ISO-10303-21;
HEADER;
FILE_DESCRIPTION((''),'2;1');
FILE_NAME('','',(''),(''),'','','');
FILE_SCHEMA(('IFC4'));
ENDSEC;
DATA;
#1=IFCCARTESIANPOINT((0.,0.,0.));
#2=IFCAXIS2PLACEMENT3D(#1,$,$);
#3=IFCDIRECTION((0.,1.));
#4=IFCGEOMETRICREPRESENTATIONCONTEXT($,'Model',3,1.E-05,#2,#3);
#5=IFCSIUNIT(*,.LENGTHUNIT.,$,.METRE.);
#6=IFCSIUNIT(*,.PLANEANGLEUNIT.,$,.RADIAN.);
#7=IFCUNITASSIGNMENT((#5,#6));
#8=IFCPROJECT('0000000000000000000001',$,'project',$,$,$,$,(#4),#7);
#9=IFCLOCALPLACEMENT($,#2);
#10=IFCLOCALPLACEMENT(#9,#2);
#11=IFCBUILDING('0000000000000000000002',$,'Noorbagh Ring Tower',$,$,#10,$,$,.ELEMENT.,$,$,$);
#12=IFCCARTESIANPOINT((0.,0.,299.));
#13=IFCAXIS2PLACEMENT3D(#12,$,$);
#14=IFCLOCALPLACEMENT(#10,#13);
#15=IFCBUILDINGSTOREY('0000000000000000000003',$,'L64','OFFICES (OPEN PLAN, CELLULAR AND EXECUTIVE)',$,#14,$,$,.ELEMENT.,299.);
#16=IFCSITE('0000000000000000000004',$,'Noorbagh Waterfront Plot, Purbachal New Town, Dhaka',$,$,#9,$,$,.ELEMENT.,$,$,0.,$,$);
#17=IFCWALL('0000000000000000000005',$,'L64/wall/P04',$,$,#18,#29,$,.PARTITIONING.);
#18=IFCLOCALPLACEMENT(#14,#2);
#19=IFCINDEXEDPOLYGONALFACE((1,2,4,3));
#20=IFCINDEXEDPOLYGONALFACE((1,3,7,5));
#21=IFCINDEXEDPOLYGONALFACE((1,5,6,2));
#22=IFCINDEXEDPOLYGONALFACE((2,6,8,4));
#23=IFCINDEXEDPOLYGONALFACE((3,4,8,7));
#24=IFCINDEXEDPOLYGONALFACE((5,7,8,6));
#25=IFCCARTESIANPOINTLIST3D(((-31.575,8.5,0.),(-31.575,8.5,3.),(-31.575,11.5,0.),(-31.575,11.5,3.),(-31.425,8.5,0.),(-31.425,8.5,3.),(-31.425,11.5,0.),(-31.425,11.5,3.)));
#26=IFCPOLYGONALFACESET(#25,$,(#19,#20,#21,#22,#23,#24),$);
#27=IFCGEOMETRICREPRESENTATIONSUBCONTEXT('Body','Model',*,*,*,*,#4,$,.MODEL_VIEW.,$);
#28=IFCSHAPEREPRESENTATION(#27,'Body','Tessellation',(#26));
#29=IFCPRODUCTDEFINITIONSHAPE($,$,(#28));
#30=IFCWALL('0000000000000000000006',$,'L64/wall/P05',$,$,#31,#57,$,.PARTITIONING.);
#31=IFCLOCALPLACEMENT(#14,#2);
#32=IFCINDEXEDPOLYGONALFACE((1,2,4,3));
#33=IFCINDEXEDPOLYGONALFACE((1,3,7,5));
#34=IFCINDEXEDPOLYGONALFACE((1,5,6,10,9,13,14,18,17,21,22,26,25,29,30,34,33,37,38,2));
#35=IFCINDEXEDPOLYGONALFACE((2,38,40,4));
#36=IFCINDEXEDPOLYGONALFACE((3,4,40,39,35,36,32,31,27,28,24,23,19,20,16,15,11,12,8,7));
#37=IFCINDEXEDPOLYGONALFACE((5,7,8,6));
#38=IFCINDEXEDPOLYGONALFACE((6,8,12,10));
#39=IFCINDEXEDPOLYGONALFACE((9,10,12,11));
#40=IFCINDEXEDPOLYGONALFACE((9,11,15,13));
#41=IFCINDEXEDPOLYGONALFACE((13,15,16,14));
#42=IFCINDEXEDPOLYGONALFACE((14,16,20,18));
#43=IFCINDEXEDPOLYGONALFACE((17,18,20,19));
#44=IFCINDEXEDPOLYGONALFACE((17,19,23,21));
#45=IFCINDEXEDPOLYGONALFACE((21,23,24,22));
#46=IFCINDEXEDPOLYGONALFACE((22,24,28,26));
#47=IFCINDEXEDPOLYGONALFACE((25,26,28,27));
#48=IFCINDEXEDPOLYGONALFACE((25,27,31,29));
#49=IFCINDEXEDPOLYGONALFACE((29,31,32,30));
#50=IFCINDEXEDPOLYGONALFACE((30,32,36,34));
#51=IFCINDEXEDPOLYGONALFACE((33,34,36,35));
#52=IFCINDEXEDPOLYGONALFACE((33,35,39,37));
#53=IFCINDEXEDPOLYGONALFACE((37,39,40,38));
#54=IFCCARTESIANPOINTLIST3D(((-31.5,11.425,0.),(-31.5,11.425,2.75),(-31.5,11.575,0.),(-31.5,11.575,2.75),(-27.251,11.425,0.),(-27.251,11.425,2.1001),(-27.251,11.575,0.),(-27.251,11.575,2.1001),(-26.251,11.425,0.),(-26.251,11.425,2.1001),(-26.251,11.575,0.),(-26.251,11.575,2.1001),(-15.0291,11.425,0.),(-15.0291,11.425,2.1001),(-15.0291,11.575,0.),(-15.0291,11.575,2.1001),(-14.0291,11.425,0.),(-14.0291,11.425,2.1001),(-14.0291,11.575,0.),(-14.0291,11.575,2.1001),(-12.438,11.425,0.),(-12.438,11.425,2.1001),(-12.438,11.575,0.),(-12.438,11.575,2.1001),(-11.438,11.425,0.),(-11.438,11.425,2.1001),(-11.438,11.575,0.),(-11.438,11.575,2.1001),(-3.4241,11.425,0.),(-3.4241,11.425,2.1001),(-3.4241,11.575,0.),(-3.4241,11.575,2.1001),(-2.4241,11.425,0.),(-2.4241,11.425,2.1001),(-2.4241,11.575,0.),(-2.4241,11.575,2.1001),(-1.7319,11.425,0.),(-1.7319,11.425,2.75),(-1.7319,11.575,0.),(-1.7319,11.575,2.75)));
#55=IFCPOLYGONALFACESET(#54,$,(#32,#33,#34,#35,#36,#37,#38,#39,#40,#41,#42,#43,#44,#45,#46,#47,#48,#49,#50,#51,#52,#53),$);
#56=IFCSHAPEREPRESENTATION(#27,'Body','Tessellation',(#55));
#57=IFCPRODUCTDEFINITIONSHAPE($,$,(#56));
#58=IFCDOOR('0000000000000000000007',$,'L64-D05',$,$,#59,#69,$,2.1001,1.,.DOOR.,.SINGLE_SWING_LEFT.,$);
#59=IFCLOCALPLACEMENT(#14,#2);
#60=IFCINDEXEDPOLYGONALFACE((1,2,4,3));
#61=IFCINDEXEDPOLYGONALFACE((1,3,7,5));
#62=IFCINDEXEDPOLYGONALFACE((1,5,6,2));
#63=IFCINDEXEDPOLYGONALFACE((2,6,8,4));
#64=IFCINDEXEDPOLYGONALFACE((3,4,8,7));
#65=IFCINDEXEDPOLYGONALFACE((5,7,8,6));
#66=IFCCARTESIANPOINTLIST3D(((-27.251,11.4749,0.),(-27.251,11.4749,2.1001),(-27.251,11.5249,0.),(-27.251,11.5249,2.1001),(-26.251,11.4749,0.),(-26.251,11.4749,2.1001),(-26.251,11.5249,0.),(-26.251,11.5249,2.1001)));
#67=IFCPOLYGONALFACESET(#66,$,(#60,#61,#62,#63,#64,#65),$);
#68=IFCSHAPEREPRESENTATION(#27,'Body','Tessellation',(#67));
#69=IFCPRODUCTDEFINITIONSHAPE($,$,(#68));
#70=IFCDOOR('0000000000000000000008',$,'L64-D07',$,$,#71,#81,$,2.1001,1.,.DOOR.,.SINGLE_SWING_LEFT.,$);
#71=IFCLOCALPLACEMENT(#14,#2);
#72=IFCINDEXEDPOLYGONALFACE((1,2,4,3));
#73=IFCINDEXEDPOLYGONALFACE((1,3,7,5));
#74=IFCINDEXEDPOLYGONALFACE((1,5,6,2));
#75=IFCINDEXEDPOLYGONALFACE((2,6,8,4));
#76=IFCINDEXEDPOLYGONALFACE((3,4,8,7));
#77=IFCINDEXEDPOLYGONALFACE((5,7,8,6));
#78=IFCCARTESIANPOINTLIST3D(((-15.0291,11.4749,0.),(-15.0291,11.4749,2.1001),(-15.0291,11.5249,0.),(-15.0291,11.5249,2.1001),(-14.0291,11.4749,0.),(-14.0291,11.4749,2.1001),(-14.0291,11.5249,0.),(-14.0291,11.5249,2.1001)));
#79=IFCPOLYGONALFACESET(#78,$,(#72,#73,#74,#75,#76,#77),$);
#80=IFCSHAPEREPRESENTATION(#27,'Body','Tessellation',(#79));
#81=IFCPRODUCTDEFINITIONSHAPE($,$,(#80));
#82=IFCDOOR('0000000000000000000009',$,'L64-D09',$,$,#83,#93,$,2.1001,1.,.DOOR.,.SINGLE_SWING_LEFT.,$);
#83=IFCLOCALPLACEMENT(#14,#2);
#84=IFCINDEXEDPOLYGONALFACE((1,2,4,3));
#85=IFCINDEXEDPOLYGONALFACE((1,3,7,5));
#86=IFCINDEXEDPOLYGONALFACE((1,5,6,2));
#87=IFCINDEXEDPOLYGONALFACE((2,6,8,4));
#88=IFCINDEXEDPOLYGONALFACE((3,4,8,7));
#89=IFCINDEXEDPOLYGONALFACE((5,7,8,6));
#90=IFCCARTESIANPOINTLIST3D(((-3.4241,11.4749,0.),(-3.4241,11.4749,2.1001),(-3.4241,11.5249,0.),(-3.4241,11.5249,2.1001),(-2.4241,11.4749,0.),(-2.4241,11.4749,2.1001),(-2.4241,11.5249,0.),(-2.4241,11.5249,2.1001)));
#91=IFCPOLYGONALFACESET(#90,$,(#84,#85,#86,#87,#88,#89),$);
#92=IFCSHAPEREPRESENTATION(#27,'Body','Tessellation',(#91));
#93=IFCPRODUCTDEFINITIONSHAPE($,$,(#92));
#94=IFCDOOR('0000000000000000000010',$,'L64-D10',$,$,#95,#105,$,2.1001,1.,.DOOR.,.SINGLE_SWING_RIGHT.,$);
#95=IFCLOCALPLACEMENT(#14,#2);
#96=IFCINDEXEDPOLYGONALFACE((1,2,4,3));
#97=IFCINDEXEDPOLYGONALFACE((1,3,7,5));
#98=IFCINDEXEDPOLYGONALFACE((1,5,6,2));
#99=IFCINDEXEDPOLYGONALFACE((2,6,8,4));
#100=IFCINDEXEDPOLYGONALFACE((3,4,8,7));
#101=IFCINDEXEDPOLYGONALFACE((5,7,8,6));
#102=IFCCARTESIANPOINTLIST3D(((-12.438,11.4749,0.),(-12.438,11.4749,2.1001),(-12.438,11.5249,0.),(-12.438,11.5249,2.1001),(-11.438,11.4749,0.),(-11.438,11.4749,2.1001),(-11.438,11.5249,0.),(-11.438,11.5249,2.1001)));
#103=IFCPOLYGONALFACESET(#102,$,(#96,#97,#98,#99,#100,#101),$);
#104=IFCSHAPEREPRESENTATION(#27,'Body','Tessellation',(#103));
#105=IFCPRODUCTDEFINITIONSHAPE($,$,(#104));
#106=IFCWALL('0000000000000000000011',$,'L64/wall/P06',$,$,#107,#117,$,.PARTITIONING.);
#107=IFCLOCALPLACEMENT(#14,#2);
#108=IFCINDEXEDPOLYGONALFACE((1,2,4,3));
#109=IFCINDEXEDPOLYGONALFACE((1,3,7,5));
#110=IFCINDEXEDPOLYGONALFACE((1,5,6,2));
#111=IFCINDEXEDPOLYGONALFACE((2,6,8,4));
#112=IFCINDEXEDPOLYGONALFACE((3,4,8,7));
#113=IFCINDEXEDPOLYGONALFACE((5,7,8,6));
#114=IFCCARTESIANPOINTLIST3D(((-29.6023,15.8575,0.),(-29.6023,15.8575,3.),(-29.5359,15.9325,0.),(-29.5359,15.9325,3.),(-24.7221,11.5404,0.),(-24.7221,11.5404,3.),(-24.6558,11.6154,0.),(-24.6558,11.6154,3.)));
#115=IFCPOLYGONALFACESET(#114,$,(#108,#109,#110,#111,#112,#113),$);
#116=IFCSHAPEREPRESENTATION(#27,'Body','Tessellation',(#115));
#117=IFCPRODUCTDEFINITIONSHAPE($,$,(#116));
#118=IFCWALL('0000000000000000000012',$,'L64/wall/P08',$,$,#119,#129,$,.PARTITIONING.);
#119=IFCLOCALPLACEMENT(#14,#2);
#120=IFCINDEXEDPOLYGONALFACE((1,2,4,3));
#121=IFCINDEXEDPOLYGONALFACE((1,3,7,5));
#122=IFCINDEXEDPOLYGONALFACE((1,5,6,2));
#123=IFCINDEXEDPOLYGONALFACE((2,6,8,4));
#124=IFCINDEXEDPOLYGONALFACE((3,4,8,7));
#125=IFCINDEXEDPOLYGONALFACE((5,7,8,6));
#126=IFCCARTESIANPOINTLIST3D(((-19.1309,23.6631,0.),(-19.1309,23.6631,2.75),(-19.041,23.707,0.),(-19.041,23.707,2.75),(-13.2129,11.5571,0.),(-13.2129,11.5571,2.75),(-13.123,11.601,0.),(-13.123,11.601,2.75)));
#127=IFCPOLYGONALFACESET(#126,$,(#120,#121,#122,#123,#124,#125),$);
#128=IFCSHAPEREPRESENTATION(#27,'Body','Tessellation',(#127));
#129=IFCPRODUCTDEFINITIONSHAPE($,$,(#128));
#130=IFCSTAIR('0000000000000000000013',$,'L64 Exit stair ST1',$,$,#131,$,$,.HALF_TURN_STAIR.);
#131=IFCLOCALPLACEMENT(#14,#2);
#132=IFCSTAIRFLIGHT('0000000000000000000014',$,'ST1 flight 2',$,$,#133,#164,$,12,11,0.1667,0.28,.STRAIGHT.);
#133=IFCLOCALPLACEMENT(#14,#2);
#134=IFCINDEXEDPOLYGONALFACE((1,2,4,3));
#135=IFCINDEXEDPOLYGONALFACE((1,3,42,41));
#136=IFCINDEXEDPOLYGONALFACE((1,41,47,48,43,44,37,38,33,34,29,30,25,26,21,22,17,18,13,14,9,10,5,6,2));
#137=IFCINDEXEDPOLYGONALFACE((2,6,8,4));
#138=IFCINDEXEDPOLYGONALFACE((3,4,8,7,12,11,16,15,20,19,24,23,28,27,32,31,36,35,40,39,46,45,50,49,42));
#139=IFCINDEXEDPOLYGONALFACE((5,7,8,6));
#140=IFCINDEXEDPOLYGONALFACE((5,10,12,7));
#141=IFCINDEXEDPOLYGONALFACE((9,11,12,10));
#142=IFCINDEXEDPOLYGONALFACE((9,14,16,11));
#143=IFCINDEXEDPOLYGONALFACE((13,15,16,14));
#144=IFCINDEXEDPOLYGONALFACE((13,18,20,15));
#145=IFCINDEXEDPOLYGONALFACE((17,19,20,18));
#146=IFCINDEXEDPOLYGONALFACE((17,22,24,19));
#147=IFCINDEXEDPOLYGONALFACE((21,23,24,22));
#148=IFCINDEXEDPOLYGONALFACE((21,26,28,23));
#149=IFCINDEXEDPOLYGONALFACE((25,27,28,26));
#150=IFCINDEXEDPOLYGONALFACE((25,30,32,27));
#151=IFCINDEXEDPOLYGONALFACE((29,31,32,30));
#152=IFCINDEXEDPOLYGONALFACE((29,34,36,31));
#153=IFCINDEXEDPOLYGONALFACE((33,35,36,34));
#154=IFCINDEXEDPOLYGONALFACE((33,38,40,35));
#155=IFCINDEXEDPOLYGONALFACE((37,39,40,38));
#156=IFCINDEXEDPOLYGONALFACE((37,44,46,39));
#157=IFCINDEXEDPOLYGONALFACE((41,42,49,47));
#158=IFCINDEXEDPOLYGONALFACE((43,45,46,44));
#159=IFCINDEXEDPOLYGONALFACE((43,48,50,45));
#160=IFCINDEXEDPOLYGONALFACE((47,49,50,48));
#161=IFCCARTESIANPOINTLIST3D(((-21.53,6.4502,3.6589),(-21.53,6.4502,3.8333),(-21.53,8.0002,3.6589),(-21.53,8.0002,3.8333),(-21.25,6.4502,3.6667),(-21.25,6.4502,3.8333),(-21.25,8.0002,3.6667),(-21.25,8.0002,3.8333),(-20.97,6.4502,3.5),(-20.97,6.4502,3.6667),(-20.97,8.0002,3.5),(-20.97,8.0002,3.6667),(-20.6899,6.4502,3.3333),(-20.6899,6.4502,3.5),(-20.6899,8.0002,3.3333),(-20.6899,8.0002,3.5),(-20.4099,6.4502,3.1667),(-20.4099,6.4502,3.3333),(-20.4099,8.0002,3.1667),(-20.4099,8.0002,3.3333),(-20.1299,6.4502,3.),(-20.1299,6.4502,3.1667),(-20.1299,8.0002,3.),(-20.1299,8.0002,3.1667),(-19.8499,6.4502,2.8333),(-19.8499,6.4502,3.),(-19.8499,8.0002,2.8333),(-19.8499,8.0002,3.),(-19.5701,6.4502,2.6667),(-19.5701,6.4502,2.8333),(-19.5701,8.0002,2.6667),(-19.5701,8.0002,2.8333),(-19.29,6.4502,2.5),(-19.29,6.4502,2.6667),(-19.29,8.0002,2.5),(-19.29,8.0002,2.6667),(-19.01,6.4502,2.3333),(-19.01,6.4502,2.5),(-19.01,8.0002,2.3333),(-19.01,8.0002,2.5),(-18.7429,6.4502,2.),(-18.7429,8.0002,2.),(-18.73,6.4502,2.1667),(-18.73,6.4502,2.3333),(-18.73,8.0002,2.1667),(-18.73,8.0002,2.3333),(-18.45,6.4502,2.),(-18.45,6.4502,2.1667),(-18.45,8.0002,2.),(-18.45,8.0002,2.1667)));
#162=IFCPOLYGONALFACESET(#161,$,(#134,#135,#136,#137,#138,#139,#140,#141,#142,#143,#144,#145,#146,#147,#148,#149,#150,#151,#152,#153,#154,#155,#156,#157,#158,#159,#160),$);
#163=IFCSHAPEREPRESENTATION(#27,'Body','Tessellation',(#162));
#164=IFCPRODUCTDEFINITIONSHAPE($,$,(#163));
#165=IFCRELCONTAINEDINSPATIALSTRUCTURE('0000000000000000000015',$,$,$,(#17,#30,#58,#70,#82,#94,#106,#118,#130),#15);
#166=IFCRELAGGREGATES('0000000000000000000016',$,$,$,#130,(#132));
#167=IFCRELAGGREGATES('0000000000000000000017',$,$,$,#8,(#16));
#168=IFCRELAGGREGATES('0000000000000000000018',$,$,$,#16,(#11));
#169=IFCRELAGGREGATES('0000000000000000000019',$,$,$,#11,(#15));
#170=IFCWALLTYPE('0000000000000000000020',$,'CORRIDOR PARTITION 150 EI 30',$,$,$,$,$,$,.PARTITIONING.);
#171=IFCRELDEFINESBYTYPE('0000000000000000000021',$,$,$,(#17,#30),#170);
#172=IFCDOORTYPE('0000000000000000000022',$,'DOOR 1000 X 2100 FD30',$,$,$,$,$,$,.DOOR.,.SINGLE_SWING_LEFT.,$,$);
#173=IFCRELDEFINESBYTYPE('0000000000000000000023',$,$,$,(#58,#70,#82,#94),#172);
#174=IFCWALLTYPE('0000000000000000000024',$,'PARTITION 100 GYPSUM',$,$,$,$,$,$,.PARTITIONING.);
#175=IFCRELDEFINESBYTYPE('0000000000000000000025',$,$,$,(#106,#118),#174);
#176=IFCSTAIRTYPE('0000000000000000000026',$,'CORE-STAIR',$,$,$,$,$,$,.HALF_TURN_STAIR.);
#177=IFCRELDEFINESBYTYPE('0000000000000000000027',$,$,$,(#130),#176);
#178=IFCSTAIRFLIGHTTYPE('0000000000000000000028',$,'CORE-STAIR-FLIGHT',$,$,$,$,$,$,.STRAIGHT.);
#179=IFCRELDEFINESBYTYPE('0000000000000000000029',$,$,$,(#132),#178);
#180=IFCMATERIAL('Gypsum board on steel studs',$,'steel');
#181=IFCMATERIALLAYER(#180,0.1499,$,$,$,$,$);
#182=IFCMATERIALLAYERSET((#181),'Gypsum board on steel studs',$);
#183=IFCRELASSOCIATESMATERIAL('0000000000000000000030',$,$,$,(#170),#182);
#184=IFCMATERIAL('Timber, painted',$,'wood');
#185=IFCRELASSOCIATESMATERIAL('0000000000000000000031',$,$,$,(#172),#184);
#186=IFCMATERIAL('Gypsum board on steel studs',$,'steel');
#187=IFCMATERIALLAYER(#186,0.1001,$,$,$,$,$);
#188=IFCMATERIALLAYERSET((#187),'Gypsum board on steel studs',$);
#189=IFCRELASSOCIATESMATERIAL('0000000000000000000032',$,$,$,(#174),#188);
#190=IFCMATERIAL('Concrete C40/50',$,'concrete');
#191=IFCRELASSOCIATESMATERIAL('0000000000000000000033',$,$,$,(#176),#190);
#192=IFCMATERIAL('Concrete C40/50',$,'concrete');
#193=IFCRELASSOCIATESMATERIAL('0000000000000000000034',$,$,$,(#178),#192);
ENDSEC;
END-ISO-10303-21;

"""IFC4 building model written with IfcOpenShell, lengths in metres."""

from ifc_helpers import new_model, si_unit, direction, frame, frame_2d, origin, place, context, subcontext, project, spatial, polyline, rectangle, outline, extrude, material, layer, layer_set, type_object, element, fill, aggregate, save


model = new_model("IFC4")

# Units and contexts
model_context = context("Model", 3, precision=1e-05, world=origin(), true_north=direction((0.0, 1.0)))
body_context = subcontext(model_context, "Body", "Model", "MODEL_VIEW")
ifc_project = project(units=[si_unit("LENGTHUNIT", "METRE"), si_unit("PLANEANGLEUNIT", "RADIAN")], contexts=[model_context])

# Site, building, storey
site_placement = place(None, origin())
site = spatial("IfcSite", under=ifc_project, at=site_placement, Name="Noorbagh Waterfront Plot, Purbachal New Town, Dhaka", CompositionType="ELEMENT", RefElevation=0.0)
building_placement = place(site_placement, origin())
building = spatial("IfcBuilding", under=site, at=building_placement, Name="Noorbagh Ring Tower", CompositionType="ELEMENT")
storey_placement = place(building_placement, frame((0.0, 0.0, 299.0)))
storey = spatial("IfcBuildingStorey", under=building, at=storey_placement, Name="L64", Description="OFFICES (OPEN PLAN, CELLULAR AND EXECUTIVE)", CompositionType="ELEMENT", Elevation=299.0)

# Wall
ifc_material_1 = material(Name="Gypsum board on steel studs", Category="steel")
ifc_layer_1 = layer(ifc_material_1, 0.1499)
ifc_layer_set_1 = layer_set([ifc_layer_1], Name="Gypsum board on steel studs")
wall_type_1 = type_object("IfcWallType", Name="CORRIDOR PARTITION 150 EI 30", PredefinedType="PARTITIONING", material=ifc_layer_set_1)
wall_1_placement = place(storey_placement, frame((-31.5, 8.5, 0.0), z_axis=(0.0, 0.0, 1.0), x_axis=(0.0, 1.0, 0.0)))
element("IfcWall", 1, at=wall_1_placement, inside=storey, type_object=wall_type_1, Name="L64/wall/P04", PredefinedType="PARTITIONING", context=body_context, shape_type="SweptSolid", body=[
    extrude(rectangle(XDim=3.0, YDim=0.1499, at=frame_2d((1.5, 0.0))), origin(), (0.0, 0.0, 1.0), 3.0),
])

# Wall, openings, doors
wall_2_placement = place(storey_placement, frame((-31.5, 11.5, 0.0), z_axis=(0.0, 0.0, 1.0), x_axis=(1.0, 0.0, 0.0)))
wall_2 = element("IfcWall", 2, at=wall_2_placement, inside=storey, type_object=wall_type_1, Name="L64/wall/P05", PredefinedType="PARTITIONING", context=body_context, shape_type="SweptSolid", body=[
    extrude(rectangle(XDim=29.7681, YDim=0.1499, at=frame_2d((14.884, 0.0))), origin(), (0.0, 0.0, 1.0), 2.75),
])
opening_1_placement = place(wall_2_placement, frame((4.249, 0.0, 0.0)))
opening_1 = element("IfcOpeningElement", 3, at=opening_1_placement, cuts=wall_2, PredefinedType="OPENING", context=body_context, shape_type="SweptSolid", body=[
    extrude(rectangle(XDim=1.0, YDim=2.1001, at=frame_2d((0.5, 1.05))), frame((0.0, 0.085, 0.0), z_axis=(0.0, -1.0, 0.0), x_axis=(1.0, 0.0, 0.0)), (0.0, 0.0, 1.0), 0.1699),
])
opening_2_placement = place(wall_2_placement, frame((16.4709, 0.0, 0.0)))
opening_2 = element("IfcOpeningElement", 4, at=opening_2_placement, cuts=wall_2, PredefinedType="OPENING", context=body_context, shape_type="SweptSolid", body=[
    extrude(rectangle(XDim=1.0, YDim=2.1001, at=frame_2d((0.5, 1.05))), frame((0.0, 0.085, 0.0), z_axis=(0.0, -1.0, 0.0), x_axis=(1.0, 0.0, 0.0)), (0.0, 0.0, 1.0), 0.1699),
])
opening_3_placement = place(wall_2_placement, frame((28.0759, 0.0, 0.0)))
opening_3 = element("IfcOpeningElement", 5, at=opening_3_placement, cuts=wall_2, PredefinedType="OPENING", context=body_context, shape_type="SweptSolid", body=[
    extrude(rectangle(XDim=1.0, YDim=2.1001, at=frame_2d((0.5, 1.05))), frame((0.0, 0.085, 0.0), z_axis=(0.0, -1.0, 0.0), x_axis=(1.0, 0.0, 0.0)), (0.0, 0.0, 1.0), 0.1699),
])
opening_4_placement = place(wall_2_placement, frame((19.062, 0.0, 0.0)))
opening_4 = element("IfcOpeningElement", 6, at=opening_4_placement, cuts=wall_2, PredefinedType="OPENING", context=body_context, shape_type="SweptSolid", body=[
    extrude(rectangle(XDim=1.0, YDim=2.1001, at=frame_2d((0.5, 1.05))), frame((0.0, 0.085, 0.0), z_axis=(0.0, -1.0, 0.0), x_axis=(1.0, 0.0, 0.0)), (0.0, 0.0, 1.0), 0.1699),
])
ifc_material_2 = material(Name="Timber, painted", Category="wood")
door_type = type_object("IfcDoorType", Name="DOOR 1000 X 2100 FD30", OperationType="SINGLE_SWING_LEFT", PredefinedType="DOOR", material=ifc_material_2)
door_1_placement = place(opening_1_placement, origin())
door_1 = element("IfcDoor", 7, at=door_1_placement, inside=storey, type_object=door_type, Name="L64-D05", OperationType="SINGLE_SWING_LEFT", OverallHeight=2.1001, OverallWidth=1.0, PredefinedType="DOOR", context=body_context, shape_type="SweptSolid", body=[
    extrude(rectangle(XDim=1.0, YDim=2.1001, at=frame_2d((0.5, 1.05))), frame((0.0, 0.0249, 0.0), z_axis=(0.0, -1.0, 0.0), x_axis=(1.0, 0.0, 0.0)), (0.0, 0.0, 1.0), 0.05),
])
fill(opening_1, door_1)
door_2_placement = place(opening_2_placement, origin())
door_2 = element("IfcDoor", 8, at=door_2_placement, inside=storey, type_object=door_type, Name="L64-D07", OperationType="SINGLE_SWING_LEFT", OverallHeight=2.1001, OverallWidth=1.0, PredefinedType="DOOR", context=body_context, shape_type="SweptSolid", body=[
    extrude(rectangle(XDim=1.0, YDim=2.1001, at=frame_2d((0.5, 1.05))), frame((0.0, 0.0249, 0.0), z_axis=(0.0, -1.0, 0.0), x_axis=(1.0, 0.0, 0.0)), (0.0, 0.0, 1.0), 0.05),
])
fill(opening_2, door_2)
door_3_placement = place(opening_3_placement, origin())
door_3 = element("IfcDoor", 9, at=door_3_placement, inside=storey, type_object=door_type, Name="L64-D09", OperationType="SINGLE_SWING_LEFT", OverallHeight=2.1001, OverallWidth=1.0, PredefinedType="DOOR", context=body_context, shape_type="SweptSolid", body=[
    extrude(rectangle(XDim=1.0, YDim=2.1001, at=frame_2d((0.5, 1.05))), frame((0.0, 0.0249, 0.0), z_axis=(0.0, -1.0, 0.0), x_axis=(1.0, 0.0, 0.0)), (0.0, 0.0, 1.0), 0.05),
])
fill(opening_3, door_3)
door_4_placement = place(opening_4_placement, origin())
door_4 = element("IfcDoor", 10, at=door_4_placement, inside=storey, type_object=door_type, Name="L64-D10", OperationType="SINGLE_SWING_RIGHT", OverallHeight=2.1001, OverallWidth=1.0, PredefinedType="DOOR", context=body_context, shape_type="SweptSolid", body=[
    extrude(rectangle(XDim=1.0, YDim=2.1001, at=frame_2d((0.5, 1.05))), frame((0.0, 0.0249, 0.0), z_axis=(0.0, -1.0, 0.0), x_axis=(1.0, 0.0, 0.0)), (0.0, 0.0, 1.0), 0.05),
])
fill(opening_4, door_4)

# Walls
ifc_material_3 = material(Name="Gypsum board on steel studs", Category="steel")
ifc_layer_2 = layer(ifc_material_3, 0.1001)
ifc_layer_set_2 = layer_set([ifc_layer_2], Name="Gypsum board on steel studs")
wall_type_2 = type_object("IfcWallType", Name="PARTITION 100 GYPSUM", PredefinedType="PARTITIONING", material=ifc_layer_set_2)
wall_3_placement = place(storey_placement, frame((-29.5691, 15.895, 0.0), z_axis=(0.0, 0.0, 1.0), x_axis=(0.748989, -0.662583, 0.0)))
element("IfcWall", 11, at=wall_3_placement, inside=storey, type_object=wall_type_2, Name="L64/wall/P06", PredefinedType="PARTITIONING", context=body_context, shape_type="SweptSolid", body=[
    extrude(rectangle(XDim=6.5156, YDim=0.1001, at=frame_2d((3.2578, 0.0))), origin(), (0.0, 0.0, 1.0), 3.0),
])
wall_4_placement = place(storey_placement, frame((-19.0859, 23.6851, 0.0), z_axis=(0.0, 0.0, 1.0), x_axis=(0.43918, -0.898399, 0.0)))
element("IfcWall", 12, at=wall_4_placement, inside=storey, type_object=wall_type_2, Name="L64/wall/P08", PredefinedType="PARTITIONING", context=body_context, shape_type="SweptSolid", body=[
    extrude(rectangle(XDim=13.4751, YDim=0.1001, at=frame_2d((6.7375, 0.0))), origin(), (0.0, 0.0, 1.0), 2.75),
])

# Stair, stair flight
ifc_material_4 = material(Name="Concrete C40/50", Category="concrete")
stair_type = type_object("IfcStairType", Name="CORE-STAIR", PredefinedType="HALF_TURN_STAIR", material=ifc_material_4)
stair_placement = place(storey_placement, origin())
stair = element("IfcStair", 13, at=stair_placement, inside=storey, type_object=stair_type, Name="L64 Exit stair ST1", PredefinedType="HALF_TURN_STAIR")
ifc_material_5 = material(Name="Concrete C40/50", Category="concrete")
stair_flight_type = type_object("IfcStairFlightType", Name="CORE-STAIR-FLIGHT", PredefinedType="STRAIGHT", material=ifc_material_5)
stair_flight_placement = place(storey_placement, frame((-18.45, 7.2251, 2.0), z_axis=(0.0, 0.0, 1.0), x_axis=(-1.0, 0.0, 0.0)))
stair_flight = element("IfcStairFlight", 14, at=stair_flight_placement, type_object=stair_flight_type, Name="ST1 flight 2", NumberOfRisers=12, NumberOfTreads=11, PredefinedType="STRAIGHT", RiserHeight=0.1667, TreadLength=0.28, context=body_context, shape_type="SweptSolid", body=[
    extrude(outline(polyline([(0.0, 0.0), (0.0, 0.1667), (0.28, 0.1667), (0.28, 0.3333), (0.5601, 0.3333), (0.5601, 0.5), (0.8401, 0.5), (0.8401, 0.6667), (1.1201, 0.6667), (1.1201, 0.8333), (1.3999, 0.8333), (1.3999, 1.0), (1.6799, 1.0), (1.6799, 1.1667), (1.96, 1.1667), (1.96, 1.3333), (2.24, 1.3333), (2.24, 1.5), (2.52, 1.5), (2.52, 1.6667), (2.8, 1.6667), (2.8, 1.8333), (3.0801, 1.8333), (3.0801, 2.0), (3.0801, 1.6589), (0.293, 0.0), (0.0, 0.0)])), frame((0.0, 0.7749, 0.0), z_axis=(0.0, -1.0, 0.0), x_axis=(1.0, 0.0, 0.0)), (0.0, 0.0, 1.0), 1.55),
])
aggregate(stair, [stair_flight])

save(model, "model.ifc")
